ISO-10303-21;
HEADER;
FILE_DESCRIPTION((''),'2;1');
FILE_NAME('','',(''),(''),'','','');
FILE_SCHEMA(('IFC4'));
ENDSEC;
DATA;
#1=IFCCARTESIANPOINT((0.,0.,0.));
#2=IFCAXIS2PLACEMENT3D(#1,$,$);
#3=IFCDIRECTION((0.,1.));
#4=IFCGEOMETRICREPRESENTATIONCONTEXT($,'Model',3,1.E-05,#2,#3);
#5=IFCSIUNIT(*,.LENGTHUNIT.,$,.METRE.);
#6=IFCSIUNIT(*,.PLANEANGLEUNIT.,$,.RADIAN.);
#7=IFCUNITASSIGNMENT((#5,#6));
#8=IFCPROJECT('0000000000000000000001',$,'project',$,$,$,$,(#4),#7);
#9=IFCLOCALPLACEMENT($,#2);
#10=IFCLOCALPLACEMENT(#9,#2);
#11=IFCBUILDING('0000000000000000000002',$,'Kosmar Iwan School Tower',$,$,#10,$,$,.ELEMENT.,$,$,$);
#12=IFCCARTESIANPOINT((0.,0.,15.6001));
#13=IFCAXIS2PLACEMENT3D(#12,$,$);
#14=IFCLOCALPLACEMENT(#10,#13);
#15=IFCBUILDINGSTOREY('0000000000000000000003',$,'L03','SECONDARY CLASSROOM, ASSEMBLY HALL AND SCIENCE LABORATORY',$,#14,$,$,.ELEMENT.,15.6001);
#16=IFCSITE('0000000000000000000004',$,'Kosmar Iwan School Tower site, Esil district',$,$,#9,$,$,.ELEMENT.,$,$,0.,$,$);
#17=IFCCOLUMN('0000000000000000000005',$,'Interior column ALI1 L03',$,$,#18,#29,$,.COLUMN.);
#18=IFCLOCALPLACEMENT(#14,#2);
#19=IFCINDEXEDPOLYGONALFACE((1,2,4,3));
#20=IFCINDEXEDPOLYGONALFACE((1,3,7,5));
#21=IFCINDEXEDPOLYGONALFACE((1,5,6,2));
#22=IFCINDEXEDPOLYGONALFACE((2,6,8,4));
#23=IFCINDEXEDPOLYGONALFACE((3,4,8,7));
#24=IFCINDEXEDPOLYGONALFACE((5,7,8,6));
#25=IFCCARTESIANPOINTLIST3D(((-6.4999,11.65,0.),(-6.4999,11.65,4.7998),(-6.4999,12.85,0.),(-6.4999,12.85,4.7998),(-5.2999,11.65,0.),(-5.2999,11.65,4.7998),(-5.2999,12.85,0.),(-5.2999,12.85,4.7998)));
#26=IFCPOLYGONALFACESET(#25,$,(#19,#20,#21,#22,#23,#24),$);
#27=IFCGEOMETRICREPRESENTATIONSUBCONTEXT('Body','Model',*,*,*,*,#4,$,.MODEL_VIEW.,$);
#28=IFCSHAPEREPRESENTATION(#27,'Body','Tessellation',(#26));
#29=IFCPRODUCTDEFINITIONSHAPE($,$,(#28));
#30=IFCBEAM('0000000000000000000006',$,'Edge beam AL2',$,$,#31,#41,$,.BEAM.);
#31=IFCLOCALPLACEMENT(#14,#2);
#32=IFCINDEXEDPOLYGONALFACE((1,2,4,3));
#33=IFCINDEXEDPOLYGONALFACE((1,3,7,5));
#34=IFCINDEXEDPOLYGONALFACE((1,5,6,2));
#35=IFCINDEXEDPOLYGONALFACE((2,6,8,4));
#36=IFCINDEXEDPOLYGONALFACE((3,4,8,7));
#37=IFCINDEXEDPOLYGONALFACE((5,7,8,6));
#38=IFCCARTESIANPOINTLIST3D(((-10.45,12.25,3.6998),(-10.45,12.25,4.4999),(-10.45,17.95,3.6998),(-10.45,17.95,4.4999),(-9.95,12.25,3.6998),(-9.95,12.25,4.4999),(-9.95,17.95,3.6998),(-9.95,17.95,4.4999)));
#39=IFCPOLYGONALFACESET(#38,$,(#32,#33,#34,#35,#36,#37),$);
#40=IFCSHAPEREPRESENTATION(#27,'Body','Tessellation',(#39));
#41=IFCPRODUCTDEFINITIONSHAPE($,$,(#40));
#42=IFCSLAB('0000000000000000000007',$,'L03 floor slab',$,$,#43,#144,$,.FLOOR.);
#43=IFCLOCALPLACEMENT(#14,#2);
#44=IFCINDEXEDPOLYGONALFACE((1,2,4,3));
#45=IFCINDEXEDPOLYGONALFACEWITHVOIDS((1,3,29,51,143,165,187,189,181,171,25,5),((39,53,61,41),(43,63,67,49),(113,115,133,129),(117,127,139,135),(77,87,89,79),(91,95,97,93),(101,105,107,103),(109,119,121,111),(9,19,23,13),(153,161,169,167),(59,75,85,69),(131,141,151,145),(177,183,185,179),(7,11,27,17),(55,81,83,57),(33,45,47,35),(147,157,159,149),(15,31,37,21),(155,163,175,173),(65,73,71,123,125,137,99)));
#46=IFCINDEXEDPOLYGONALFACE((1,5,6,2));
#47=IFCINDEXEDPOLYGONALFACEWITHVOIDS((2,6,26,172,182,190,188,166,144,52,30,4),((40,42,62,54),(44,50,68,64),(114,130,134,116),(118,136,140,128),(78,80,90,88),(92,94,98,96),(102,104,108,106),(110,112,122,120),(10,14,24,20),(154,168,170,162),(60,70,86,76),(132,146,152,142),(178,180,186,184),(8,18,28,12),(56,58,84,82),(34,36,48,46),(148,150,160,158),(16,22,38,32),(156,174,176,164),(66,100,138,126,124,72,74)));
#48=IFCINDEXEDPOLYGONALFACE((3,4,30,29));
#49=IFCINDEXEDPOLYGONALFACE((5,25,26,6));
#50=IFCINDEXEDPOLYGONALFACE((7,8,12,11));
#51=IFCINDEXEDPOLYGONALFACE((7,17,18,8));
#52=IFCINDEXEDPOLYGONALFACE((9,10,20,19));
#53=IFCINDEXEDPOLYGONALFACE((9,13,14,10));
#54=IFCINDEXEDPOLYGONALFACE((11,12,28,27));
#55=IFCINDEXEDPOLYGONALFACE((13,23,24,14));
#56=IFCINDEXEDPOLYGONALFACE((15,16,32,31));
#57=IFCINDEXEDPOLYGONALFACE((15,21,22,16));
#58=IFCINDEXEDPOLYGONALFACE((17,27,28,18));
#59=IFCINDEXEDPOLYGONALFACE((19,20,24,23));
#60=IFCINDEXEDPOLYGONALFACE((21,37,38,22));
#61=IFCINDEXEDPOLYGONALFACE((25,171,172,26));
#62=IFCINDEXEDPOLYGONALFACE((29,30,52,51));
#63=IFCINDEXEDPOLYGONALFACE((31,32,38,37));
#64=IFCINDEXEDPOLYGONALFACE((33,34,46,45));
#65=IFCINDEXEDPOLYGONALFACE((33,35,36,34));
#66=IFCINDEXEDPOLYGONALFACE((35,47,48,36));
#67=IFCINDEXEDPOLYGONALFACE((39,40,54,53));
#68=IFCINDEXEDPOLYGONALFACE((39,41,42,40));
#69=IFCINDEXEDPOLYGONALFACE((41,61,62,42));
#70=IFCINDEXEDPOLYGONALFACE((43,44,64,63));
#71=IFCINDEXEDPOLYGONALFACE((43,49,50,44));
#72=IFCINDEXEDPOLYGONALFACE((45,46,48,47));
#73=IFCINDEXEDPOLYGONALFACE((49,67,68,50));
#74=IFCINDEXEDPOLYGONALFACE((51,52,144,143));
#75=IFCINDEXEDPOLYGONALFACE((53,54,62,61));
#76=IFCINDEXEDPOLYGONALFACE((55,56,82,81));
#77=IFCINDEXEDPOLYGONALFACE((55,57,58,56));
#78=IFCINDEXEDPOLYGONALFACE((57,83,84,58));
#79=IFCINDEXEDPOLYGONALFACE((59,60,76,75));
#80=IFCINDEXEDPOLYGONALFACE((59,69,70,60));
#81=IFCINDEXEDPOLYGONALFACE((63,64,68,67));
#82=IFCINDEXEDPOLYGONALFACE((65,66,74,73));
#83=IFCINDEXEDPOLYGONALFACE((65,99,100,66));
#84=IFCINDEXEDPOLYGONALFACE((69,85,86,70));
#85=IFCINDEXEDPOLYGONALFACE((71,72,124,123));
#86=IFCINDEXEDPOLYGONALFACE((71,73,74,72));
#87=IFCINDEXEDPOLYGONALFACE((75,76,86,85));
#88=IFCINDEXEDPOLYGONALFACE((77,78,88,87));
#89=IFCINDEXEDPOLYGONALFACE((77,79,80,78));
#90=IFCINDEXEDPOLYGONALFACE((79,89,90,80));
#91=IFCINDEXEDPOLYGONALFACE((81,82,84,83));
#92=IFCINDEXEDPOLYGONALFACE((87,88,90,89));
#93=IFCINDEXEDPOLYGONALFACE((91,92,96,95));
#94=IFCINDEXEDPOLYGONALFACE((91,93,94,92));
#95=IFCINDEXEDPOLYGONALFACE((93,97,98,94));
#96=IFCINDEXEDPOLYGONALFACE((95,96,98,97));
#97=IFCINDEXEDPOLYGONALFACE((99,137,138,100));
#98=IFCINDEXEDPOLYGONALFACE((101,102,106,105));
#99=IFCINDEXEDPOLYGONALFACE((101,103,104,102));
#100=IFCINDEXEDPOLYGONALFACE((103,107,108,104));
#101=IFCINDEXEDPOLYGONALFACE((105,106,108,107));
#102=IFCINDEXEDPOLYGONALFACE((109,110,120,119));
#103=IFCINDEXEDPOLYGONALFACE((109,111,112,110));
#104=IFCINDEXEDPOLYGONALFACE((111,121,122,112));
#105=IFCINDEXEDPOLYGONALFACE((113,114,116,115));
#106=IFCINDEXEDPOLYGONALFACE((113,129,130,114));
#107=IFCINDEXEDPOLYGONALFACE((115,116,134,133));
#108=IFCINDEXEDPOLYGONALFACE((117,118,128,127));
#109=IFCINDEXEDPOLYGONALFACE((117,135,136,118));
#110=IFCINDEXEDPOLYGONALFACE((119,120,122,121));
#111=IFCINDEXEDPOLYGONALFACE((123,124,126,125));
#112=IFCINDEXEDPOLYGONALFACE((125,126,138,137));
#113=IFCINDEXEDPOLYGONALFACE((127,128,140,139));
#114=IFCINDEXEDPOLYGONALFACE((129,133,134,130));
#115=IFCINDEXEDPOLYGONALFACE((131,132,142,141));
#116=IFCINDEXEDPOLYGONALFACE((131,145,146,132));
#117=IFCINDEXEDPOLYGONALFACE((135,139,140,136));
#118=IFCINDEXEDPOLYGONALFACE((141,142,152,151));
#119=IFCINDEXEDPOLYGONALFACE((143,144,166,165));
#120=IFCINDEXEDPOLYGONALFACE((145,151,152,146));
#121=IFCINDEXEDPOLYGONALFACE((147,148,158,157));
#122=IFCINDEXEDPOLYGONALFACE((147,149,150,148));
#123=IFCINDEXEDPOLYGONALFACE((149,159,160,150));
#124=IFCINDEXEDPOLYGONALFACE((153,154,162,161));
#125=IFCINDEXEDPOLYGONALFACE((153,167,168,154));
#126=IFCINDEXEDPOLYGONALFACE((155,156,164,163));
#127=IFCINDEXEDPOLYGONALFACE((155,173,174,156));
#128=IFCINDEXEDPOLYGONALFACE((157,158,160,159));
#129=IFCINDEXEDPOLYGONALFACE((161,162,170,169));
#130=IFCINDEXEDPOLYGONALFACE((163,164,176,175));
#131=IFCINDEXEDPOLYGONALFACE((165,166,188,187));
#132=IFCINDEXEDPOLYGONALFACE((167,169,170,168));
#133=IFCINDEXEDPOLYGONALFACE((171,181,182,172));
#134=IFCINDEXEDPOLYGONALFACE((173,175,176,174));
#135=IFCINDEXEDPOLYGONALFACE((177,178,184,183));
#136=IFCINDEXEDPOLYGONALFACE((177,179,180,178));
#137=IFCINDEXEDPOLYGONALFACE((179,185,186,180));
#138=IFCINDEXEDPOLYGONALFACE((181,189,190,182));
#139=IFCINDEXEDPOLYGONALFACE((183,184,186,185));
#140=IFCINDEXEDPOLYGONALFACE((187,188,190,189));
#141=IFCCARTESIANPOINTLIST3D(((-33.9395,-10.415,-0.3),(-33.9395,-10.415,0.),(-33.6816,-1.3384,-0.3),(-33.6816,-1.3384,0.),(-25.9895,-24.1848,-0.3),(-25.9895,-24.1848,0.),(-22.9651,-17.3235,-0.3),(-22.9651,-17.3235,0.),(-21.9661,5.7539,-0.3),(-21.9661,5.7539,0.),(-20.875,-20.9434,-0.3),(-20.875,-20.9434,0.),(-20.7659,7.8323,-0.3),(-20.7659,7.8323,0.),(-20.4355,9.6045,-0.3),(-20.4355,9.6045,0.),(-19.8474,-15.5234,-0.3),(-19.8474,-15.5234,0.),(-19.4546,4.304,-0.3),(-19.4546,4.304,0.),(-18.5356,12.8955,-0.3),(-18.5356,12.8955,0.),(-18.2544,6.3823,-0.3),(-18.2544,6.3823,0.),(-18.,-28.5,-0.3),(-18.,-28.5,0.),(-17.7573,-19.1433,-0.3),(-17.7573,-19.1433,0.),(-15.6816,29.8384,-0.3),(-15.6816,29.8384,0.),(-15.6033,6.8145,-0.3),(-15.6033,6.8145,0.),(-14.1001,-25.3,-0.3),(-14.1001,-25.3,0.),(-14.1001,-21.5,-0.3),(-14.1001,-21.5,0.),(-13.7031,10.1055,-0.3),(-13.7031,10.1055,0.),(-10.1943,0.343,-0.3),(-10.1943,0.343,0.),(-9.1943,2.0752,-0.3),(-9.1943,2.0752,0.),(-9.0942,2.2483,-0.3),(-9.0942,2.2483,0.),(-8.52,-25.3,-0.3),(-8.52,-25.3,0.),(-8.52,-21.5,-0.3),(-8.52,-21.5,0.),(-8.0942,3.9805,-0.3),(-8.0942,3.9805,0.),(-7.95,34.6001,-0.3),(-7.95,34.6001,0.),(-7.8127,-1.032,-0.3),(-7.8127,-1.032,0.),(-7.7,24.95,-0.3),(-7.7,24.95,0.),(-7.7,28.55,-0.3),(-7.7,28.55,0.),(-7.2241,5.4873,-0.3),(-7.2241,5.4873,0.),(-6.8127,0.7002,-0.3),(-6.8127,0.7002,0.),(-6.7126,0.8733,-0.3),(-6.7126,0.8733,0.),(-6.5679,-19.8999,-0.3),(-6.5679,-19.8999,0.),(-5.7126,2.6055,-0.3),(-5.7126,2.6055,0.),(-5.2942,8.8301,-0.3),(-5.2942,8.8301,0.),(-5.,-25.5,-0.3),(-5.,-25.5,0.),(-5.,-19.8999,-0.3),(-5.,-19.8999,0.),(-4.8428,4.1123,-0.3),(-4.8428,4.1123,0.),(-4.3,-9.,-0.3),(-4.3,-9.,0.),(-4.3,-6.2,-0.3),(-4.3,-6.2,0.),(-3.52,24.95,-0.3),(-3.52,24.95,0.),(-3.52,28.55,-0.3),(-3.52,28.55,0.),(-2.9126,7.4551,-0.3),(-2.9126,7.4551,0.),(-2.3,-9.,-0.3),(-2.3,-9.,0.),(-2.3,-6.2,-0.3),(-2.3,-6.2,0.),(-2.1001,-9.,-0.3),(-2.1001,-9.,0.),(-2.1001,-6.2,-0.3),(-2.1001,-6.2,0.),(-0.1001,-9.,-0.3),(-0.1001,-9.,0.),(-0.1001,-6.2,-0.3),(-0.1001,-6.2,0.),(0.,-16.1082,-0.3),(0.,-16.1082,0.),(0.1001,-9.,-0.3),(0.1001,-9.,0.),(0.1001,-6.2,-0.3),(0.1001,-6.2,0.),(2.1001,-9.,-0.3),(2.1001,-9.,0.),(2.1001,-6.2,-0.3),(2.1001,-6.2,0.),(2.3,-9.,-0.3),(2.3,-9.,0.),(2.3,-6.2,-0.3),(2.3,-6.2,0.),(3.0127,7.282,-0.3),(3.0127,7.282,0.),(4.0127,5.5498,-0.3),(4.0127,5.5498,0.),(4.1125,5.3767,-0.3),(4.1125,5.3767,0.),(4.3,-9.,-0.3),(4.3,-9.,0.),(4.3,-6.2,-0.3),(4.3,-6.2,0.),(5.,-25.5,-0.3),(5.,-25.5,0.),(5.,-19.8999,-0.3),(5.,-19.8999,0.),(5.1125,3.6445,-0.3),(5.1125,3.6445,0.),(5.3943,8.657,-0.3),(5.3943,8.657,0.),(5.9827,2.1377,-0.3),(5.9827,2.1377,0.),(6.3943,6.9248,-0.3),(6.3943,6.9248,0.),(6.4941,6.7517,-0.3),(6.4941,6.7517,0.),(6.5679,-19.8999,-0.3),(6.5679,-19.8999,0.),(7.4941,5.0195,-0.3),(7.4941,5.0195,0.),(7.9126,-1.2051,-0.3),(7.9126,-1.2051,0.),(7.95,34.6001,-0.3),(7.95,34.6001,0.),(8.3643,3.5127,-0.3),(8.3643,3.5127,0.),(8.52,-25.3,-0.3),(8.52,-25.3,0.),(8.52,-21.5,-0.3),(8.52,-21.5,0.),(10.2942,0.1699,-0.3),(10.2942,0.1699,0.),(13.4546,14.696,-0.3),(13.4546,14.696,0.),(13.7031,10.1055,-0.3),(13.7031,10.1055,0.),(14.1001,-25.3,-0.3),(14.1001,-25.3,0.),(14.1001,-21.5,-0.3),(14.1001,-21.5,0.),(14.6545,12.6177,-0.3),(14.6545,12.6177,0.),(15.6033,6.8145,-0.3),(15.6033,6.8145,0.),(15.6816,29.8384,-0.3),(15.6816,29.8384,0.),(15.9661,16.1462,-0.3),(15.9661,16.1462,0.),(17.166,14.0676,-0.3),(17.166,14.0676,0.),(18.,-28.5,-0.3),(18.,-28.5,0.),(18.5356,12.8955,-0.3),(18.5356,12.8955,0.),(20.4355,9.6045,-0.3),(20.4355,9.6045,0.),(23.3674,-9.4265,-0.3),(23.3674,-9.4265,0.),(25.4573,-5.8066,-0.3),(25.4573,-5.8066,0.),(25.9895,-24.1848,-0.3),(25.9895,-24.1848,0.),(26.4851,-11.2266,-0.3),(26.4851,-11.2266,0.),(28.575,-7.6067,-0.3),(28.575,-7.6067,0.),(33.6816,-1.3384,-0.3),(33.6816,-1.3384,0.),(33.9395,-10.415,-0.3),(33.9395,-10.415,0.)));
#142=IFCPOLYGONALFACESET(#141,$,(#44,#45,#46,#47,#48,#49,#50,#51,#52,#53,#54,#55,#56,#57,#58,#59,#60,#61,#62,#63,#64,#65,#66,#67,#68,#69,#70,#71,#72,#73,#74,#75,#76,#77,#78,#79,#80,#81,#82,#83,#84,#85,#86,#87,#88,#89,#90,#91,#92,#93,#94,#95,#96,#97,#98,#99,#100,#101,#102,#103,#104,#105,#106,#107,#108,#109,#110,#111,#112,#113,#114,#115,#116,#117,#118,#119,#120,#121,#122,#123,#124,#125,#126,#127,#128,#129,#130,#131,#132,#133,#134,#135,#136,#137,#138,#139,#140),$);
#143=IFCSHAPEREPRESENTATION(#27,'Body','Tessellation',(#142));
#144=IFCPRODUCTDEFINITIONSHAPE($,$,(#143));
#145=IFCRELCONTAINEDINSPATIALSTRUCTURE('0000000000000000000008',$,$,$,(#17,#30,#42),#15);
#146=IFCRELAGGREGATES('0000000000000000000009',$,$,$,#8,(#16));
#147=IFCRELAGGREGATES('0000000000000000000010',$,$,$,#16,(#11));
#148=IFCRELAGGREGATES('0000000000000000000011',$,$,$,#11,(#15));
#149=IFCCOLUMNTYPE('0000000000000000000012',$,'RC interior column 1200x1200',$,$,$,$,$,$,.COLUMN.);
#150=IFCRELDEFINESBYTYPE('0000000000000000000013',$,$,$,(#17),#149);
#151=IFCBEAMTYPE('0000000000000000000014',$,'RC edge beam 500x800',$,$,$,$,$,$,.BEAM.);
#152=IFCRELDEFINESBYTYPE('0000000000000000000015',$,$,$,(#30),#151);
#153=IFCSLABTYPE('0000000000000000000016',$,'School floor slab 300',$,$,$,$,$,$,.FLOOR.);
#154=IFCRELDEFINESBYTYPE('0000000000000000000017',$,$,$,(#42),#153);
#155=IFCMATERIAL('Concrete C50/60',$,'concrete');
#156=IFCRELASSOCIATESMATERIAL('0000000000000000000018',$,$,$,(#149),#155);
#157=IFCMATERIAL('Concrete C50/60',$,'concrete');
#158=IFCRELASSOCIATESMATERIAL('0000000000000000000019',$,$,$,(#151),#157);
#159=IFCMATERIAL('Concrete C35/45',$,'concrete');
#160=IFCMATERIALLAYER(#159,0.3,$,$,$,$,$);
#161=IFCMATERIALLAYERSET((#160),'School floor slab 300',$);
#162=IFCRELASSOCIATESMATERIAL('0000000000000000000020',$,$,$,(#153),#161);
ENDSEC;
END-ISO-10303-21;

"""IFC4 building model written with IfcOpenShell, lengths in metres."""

from ifc_helpers import new_model, si_unit, direction, frame, origin, origin_2d, place, context, subcontext, project, spatial, polyline, rectangle, outline, extrude, material, layer, layer_set, material_profile, profile_set, type_object, element, save


model = new_model("IFC4")

# Units and contexts
model_context = context("Model", 3, precision=1e-05, world=origin(), true_north=direction((0.0, 1.0)))
body_context = subcontext(model_context, "Body", "Model", "MODEL_VIEW")
ifc_project = project(units=[si_unit("LENGTHUNIT", "METRE"), si_unit("PLANEANGLEUNIT", "RADIAN")], contexts=[model_context])

# Site, building, storey
site_placement = place(None, origin())
site = spatial("IfcSite", under=ifc_project, at=site_placement, Name="Kosmar Iwan School Tower site, Esil district", CompositionType="ELEMENT", RefElevation=0.0)
building_placement = place(site_placement, origin())
building = spatial("IfcBuilding", under=site, at=building_placement, Name="Kosmar Iwan School Tower", CompositionType="ELEMENT")
storey_placement = place(building_placement, frame((0.0, 0.0, 15.6001)))
storey = spatial("IfcBuildingStorey", under=building, at=storey_placement, Name="L03", Description="SECONDARY CLASSROOM, ASSEMBLY HALL AND SCIENCE LABORATORY", CompositionType="ELEMENT", Elevation=15.6001)

# Column
ifc_material_1 = material(Name="Concrete C50/60", Category="concrete")
ifc_material_profile_1 = material_profile(ifc_material_1, rectangle(XDim=1.2, YDim=1.2, at=origin_2d()), Name="RC 1200x1200")
ifc_profile_set_1 = profile_set([ifc_material_profile_1], Name="Concrete C50/60")
column_type = type_object("IfcColumnType", Name="RC interior column 1200x1200", PredefinedType="COLUMN", material=ifc_profile_set_1)
column_placement = place(storey_placement, frame((-5.8999, 12.25, 0.0), z_axis=(0.0, 0.0, 1.0), x_axis=(0.0, 1.0, 0.0)))
element("IfcColumn", 1, at=column_placement, inside=storey, type_object=column_type, Name="Interior column ALI1 L03", PredefinedType="COLUMN", context=body_context, shape_type="SweptSolid", body=[
    extrude(rectangle(XDim=1.2, YDim=1.2, at=origin_2d()), origin(), (0.0, 0.0, 1.0), 4.7998),
])

# Beam
ifc_material_2 = material(Name="Concrete C50/60", Category="concrete")
ifc_material_profile_2 = material_profile(ifc_material_2, rectangle(XDim=0.5, YDim=0.8, at=origin_2d()), Name="RC 500x800")
ifc_profile_set_2 = profile_set([ifc_material_profile_2], Name="Concrete C50/60")
beam_type = type_object("IfcBeamType", Name="RC edge beam 500x800", PredefinedType="BEAM", material=ifc_profile_set_2)
beam_placement = place(storey_placement, frame((-10.2, 12.25, 4.0999), z_axis=(0.0, 1.0, 0.0), x_axis=(-1.0, 0.0, 0.0)))
element("IfcBeam", 2, at=beam_placement, inside=storey, type_object=beam_type, Name="Edge beam AL2", PredefinedType="BEAM", context=body_context, shape_type="SweptSolid", body=[
    extrude(rectangle(XDim=0.5, YDim=0.8, at=origin_2d()), origin(), (0.0, 0.0, 1.0), 5.7),
])

# Slab
ifc_material_3 = material(Name="Concrete C35/45", Category="concrete")
ifc_layer_1 = layer(ifc_material_3, 0.3)
ifc_layer_set_1 = layer_set([ifc_layer_1], Name="School floor slab 300")
slab_type = type_object("IfcSlabType", Name="School floor slab 300", PredefinedType="FLOOR", material=ifc_layer_set_1)
slab_placement = place(storey_placement, frame((0.0, 0.0, -0.3)))
element("IfcSlab", 3, at=slab_placement, inside=storey, type_object=slab_type, Name="L03 floor slab", PredefinedType="FLOOR", context=body_context, shape_type="SweptSolid", body=[
    extrude(outline(polyline([(-18.0, -28.5), (18.0, -28.5), (25.9895, -24.1848), (33.9395, -10.415), (33.6816, -1.3384), (15.6816, 29.8384), (7.95, 34.6001), (-7.95, 34.6001), (-15.6816, 29.8384), (-33.6816, -1.3384), (-33.9395, -10.415), (-25.9895, -24.1848), (-18.0, -28.5)]), holes=[polyline([(7.9126, -1.2051), (10.2942, 0.1699), (8.3643, 3.5127), (5.9827, 2.1377), (7.9126, -1.2051)]), polyline([(-2.9126, 7.4551), (-5.2942, 8.8301), (-7.2241, 5.4873), (-4.8428, 4.1123), (-2.9126, 7.4551)]), polyline([(-5.7126, 2.6055), (-8.0942, 3.9805), (-9.0942, 2.2483), (-6.7126, 0.8733), (-5.7126, 2.6055)]), polyline([(-6.8127, 0.7002), (-9.1943, 2.0752), (-10.1943, 0.343), (-7.8127, -1.032), (-6.8127, 0.7002)]), polyline([(5.1125, 3.6445), (7.4941, 5.0195), (6.4941, 6.7517), (4.1125, 5.3767), (5.1125, 3.6445)]), polyline([(4.0127, 5.5498), (6.3943, 6.9248), (5.3943, 8.657), (3.0127, 7.282), (4.0127, 5.5498)]), polyline([(-4.3, -6.2), (-4.3, -9.0), (-2.3, -9.0), (-2.3, -6.2), (-4.3, -6.2)]), polyline([(-2.1001, -6.2), (-2.1001, -9.0), (-0.1001, -9.0), (-0.1001, -6.2), (-2.1001, -6.2)]), polyline([(0.1001, -6.2), (0.1001, -9.0), (2.1001, -9.0), (2.1001, -6.2), (0.1001, -6.2)]), polyline([(2.3, -6.2), (2.3, -9.0), (4.3, -9.0), (4.3, -6.2), (2.3, -6.2)]), polyline([(-3.52, 24.95), (-3.52, 28.55), (-7.7, 28.55), (-7.7, 24.95), (-3.52, 24.95)]), polyline([(-19.8474, -15.5234), (-22.9651, -17.3235), (-20.875, -20.9434), (-17.7573, -19.1433), (-19.8474, -15.5234)]), polyline([(23.3674, -9.4265), (26.4851, -11.2266), (28.575, -7.6067), (25.4573, -5.8066), (23.3674, -9.4265)]), polyline([(6.5679, -19.8999), (5.0, -19.8999), (5.0, -25.5), (-5.0, -25.5), (-5.0, -19.8999), (-6.5679, -19.8999), (0.0, -16.1082), (6.5679, -19.8999)]), polyline([(-14.1001, -21.5), (-14.1001, -25.3), (-8.52, -25.3), (-8.52, -21.5), (-14.1001, -21.5)]), polyline([(8.52, -21.5), (8.52, -25.3), (14.1001, -25.3), (14.1001, -21.5), (8.52, -21.5)]), polyline([(15.6033, 6.8145), (20.4355, 9.6045), (18.5356, 12.8955), (13.7031, 10.1055), (15.6033, 6.8145)]), polyline([(-13.7031, 10.1055), (-18.5356, 12.8955), (-20.4355, 9.6045), (-15.6033, 6.8145), (-13.7031, 10.1055)]), polyline([(14.6545, 12.6177), (17.166, 14.0676), (15.9661, 16.1462), (13.4546, 14.696), (14.6545, 12.6177)]), polyline([(-18.2544, 6.3823), (-20.7659, 7.8323), (-21.9661, 5.7539), (-19.4546, 4.304), (-18.2544, 6.3823)])]), origin(), (0.0, 0.0, 1.0), 0.3),
])

save(model, "model.ifc")
